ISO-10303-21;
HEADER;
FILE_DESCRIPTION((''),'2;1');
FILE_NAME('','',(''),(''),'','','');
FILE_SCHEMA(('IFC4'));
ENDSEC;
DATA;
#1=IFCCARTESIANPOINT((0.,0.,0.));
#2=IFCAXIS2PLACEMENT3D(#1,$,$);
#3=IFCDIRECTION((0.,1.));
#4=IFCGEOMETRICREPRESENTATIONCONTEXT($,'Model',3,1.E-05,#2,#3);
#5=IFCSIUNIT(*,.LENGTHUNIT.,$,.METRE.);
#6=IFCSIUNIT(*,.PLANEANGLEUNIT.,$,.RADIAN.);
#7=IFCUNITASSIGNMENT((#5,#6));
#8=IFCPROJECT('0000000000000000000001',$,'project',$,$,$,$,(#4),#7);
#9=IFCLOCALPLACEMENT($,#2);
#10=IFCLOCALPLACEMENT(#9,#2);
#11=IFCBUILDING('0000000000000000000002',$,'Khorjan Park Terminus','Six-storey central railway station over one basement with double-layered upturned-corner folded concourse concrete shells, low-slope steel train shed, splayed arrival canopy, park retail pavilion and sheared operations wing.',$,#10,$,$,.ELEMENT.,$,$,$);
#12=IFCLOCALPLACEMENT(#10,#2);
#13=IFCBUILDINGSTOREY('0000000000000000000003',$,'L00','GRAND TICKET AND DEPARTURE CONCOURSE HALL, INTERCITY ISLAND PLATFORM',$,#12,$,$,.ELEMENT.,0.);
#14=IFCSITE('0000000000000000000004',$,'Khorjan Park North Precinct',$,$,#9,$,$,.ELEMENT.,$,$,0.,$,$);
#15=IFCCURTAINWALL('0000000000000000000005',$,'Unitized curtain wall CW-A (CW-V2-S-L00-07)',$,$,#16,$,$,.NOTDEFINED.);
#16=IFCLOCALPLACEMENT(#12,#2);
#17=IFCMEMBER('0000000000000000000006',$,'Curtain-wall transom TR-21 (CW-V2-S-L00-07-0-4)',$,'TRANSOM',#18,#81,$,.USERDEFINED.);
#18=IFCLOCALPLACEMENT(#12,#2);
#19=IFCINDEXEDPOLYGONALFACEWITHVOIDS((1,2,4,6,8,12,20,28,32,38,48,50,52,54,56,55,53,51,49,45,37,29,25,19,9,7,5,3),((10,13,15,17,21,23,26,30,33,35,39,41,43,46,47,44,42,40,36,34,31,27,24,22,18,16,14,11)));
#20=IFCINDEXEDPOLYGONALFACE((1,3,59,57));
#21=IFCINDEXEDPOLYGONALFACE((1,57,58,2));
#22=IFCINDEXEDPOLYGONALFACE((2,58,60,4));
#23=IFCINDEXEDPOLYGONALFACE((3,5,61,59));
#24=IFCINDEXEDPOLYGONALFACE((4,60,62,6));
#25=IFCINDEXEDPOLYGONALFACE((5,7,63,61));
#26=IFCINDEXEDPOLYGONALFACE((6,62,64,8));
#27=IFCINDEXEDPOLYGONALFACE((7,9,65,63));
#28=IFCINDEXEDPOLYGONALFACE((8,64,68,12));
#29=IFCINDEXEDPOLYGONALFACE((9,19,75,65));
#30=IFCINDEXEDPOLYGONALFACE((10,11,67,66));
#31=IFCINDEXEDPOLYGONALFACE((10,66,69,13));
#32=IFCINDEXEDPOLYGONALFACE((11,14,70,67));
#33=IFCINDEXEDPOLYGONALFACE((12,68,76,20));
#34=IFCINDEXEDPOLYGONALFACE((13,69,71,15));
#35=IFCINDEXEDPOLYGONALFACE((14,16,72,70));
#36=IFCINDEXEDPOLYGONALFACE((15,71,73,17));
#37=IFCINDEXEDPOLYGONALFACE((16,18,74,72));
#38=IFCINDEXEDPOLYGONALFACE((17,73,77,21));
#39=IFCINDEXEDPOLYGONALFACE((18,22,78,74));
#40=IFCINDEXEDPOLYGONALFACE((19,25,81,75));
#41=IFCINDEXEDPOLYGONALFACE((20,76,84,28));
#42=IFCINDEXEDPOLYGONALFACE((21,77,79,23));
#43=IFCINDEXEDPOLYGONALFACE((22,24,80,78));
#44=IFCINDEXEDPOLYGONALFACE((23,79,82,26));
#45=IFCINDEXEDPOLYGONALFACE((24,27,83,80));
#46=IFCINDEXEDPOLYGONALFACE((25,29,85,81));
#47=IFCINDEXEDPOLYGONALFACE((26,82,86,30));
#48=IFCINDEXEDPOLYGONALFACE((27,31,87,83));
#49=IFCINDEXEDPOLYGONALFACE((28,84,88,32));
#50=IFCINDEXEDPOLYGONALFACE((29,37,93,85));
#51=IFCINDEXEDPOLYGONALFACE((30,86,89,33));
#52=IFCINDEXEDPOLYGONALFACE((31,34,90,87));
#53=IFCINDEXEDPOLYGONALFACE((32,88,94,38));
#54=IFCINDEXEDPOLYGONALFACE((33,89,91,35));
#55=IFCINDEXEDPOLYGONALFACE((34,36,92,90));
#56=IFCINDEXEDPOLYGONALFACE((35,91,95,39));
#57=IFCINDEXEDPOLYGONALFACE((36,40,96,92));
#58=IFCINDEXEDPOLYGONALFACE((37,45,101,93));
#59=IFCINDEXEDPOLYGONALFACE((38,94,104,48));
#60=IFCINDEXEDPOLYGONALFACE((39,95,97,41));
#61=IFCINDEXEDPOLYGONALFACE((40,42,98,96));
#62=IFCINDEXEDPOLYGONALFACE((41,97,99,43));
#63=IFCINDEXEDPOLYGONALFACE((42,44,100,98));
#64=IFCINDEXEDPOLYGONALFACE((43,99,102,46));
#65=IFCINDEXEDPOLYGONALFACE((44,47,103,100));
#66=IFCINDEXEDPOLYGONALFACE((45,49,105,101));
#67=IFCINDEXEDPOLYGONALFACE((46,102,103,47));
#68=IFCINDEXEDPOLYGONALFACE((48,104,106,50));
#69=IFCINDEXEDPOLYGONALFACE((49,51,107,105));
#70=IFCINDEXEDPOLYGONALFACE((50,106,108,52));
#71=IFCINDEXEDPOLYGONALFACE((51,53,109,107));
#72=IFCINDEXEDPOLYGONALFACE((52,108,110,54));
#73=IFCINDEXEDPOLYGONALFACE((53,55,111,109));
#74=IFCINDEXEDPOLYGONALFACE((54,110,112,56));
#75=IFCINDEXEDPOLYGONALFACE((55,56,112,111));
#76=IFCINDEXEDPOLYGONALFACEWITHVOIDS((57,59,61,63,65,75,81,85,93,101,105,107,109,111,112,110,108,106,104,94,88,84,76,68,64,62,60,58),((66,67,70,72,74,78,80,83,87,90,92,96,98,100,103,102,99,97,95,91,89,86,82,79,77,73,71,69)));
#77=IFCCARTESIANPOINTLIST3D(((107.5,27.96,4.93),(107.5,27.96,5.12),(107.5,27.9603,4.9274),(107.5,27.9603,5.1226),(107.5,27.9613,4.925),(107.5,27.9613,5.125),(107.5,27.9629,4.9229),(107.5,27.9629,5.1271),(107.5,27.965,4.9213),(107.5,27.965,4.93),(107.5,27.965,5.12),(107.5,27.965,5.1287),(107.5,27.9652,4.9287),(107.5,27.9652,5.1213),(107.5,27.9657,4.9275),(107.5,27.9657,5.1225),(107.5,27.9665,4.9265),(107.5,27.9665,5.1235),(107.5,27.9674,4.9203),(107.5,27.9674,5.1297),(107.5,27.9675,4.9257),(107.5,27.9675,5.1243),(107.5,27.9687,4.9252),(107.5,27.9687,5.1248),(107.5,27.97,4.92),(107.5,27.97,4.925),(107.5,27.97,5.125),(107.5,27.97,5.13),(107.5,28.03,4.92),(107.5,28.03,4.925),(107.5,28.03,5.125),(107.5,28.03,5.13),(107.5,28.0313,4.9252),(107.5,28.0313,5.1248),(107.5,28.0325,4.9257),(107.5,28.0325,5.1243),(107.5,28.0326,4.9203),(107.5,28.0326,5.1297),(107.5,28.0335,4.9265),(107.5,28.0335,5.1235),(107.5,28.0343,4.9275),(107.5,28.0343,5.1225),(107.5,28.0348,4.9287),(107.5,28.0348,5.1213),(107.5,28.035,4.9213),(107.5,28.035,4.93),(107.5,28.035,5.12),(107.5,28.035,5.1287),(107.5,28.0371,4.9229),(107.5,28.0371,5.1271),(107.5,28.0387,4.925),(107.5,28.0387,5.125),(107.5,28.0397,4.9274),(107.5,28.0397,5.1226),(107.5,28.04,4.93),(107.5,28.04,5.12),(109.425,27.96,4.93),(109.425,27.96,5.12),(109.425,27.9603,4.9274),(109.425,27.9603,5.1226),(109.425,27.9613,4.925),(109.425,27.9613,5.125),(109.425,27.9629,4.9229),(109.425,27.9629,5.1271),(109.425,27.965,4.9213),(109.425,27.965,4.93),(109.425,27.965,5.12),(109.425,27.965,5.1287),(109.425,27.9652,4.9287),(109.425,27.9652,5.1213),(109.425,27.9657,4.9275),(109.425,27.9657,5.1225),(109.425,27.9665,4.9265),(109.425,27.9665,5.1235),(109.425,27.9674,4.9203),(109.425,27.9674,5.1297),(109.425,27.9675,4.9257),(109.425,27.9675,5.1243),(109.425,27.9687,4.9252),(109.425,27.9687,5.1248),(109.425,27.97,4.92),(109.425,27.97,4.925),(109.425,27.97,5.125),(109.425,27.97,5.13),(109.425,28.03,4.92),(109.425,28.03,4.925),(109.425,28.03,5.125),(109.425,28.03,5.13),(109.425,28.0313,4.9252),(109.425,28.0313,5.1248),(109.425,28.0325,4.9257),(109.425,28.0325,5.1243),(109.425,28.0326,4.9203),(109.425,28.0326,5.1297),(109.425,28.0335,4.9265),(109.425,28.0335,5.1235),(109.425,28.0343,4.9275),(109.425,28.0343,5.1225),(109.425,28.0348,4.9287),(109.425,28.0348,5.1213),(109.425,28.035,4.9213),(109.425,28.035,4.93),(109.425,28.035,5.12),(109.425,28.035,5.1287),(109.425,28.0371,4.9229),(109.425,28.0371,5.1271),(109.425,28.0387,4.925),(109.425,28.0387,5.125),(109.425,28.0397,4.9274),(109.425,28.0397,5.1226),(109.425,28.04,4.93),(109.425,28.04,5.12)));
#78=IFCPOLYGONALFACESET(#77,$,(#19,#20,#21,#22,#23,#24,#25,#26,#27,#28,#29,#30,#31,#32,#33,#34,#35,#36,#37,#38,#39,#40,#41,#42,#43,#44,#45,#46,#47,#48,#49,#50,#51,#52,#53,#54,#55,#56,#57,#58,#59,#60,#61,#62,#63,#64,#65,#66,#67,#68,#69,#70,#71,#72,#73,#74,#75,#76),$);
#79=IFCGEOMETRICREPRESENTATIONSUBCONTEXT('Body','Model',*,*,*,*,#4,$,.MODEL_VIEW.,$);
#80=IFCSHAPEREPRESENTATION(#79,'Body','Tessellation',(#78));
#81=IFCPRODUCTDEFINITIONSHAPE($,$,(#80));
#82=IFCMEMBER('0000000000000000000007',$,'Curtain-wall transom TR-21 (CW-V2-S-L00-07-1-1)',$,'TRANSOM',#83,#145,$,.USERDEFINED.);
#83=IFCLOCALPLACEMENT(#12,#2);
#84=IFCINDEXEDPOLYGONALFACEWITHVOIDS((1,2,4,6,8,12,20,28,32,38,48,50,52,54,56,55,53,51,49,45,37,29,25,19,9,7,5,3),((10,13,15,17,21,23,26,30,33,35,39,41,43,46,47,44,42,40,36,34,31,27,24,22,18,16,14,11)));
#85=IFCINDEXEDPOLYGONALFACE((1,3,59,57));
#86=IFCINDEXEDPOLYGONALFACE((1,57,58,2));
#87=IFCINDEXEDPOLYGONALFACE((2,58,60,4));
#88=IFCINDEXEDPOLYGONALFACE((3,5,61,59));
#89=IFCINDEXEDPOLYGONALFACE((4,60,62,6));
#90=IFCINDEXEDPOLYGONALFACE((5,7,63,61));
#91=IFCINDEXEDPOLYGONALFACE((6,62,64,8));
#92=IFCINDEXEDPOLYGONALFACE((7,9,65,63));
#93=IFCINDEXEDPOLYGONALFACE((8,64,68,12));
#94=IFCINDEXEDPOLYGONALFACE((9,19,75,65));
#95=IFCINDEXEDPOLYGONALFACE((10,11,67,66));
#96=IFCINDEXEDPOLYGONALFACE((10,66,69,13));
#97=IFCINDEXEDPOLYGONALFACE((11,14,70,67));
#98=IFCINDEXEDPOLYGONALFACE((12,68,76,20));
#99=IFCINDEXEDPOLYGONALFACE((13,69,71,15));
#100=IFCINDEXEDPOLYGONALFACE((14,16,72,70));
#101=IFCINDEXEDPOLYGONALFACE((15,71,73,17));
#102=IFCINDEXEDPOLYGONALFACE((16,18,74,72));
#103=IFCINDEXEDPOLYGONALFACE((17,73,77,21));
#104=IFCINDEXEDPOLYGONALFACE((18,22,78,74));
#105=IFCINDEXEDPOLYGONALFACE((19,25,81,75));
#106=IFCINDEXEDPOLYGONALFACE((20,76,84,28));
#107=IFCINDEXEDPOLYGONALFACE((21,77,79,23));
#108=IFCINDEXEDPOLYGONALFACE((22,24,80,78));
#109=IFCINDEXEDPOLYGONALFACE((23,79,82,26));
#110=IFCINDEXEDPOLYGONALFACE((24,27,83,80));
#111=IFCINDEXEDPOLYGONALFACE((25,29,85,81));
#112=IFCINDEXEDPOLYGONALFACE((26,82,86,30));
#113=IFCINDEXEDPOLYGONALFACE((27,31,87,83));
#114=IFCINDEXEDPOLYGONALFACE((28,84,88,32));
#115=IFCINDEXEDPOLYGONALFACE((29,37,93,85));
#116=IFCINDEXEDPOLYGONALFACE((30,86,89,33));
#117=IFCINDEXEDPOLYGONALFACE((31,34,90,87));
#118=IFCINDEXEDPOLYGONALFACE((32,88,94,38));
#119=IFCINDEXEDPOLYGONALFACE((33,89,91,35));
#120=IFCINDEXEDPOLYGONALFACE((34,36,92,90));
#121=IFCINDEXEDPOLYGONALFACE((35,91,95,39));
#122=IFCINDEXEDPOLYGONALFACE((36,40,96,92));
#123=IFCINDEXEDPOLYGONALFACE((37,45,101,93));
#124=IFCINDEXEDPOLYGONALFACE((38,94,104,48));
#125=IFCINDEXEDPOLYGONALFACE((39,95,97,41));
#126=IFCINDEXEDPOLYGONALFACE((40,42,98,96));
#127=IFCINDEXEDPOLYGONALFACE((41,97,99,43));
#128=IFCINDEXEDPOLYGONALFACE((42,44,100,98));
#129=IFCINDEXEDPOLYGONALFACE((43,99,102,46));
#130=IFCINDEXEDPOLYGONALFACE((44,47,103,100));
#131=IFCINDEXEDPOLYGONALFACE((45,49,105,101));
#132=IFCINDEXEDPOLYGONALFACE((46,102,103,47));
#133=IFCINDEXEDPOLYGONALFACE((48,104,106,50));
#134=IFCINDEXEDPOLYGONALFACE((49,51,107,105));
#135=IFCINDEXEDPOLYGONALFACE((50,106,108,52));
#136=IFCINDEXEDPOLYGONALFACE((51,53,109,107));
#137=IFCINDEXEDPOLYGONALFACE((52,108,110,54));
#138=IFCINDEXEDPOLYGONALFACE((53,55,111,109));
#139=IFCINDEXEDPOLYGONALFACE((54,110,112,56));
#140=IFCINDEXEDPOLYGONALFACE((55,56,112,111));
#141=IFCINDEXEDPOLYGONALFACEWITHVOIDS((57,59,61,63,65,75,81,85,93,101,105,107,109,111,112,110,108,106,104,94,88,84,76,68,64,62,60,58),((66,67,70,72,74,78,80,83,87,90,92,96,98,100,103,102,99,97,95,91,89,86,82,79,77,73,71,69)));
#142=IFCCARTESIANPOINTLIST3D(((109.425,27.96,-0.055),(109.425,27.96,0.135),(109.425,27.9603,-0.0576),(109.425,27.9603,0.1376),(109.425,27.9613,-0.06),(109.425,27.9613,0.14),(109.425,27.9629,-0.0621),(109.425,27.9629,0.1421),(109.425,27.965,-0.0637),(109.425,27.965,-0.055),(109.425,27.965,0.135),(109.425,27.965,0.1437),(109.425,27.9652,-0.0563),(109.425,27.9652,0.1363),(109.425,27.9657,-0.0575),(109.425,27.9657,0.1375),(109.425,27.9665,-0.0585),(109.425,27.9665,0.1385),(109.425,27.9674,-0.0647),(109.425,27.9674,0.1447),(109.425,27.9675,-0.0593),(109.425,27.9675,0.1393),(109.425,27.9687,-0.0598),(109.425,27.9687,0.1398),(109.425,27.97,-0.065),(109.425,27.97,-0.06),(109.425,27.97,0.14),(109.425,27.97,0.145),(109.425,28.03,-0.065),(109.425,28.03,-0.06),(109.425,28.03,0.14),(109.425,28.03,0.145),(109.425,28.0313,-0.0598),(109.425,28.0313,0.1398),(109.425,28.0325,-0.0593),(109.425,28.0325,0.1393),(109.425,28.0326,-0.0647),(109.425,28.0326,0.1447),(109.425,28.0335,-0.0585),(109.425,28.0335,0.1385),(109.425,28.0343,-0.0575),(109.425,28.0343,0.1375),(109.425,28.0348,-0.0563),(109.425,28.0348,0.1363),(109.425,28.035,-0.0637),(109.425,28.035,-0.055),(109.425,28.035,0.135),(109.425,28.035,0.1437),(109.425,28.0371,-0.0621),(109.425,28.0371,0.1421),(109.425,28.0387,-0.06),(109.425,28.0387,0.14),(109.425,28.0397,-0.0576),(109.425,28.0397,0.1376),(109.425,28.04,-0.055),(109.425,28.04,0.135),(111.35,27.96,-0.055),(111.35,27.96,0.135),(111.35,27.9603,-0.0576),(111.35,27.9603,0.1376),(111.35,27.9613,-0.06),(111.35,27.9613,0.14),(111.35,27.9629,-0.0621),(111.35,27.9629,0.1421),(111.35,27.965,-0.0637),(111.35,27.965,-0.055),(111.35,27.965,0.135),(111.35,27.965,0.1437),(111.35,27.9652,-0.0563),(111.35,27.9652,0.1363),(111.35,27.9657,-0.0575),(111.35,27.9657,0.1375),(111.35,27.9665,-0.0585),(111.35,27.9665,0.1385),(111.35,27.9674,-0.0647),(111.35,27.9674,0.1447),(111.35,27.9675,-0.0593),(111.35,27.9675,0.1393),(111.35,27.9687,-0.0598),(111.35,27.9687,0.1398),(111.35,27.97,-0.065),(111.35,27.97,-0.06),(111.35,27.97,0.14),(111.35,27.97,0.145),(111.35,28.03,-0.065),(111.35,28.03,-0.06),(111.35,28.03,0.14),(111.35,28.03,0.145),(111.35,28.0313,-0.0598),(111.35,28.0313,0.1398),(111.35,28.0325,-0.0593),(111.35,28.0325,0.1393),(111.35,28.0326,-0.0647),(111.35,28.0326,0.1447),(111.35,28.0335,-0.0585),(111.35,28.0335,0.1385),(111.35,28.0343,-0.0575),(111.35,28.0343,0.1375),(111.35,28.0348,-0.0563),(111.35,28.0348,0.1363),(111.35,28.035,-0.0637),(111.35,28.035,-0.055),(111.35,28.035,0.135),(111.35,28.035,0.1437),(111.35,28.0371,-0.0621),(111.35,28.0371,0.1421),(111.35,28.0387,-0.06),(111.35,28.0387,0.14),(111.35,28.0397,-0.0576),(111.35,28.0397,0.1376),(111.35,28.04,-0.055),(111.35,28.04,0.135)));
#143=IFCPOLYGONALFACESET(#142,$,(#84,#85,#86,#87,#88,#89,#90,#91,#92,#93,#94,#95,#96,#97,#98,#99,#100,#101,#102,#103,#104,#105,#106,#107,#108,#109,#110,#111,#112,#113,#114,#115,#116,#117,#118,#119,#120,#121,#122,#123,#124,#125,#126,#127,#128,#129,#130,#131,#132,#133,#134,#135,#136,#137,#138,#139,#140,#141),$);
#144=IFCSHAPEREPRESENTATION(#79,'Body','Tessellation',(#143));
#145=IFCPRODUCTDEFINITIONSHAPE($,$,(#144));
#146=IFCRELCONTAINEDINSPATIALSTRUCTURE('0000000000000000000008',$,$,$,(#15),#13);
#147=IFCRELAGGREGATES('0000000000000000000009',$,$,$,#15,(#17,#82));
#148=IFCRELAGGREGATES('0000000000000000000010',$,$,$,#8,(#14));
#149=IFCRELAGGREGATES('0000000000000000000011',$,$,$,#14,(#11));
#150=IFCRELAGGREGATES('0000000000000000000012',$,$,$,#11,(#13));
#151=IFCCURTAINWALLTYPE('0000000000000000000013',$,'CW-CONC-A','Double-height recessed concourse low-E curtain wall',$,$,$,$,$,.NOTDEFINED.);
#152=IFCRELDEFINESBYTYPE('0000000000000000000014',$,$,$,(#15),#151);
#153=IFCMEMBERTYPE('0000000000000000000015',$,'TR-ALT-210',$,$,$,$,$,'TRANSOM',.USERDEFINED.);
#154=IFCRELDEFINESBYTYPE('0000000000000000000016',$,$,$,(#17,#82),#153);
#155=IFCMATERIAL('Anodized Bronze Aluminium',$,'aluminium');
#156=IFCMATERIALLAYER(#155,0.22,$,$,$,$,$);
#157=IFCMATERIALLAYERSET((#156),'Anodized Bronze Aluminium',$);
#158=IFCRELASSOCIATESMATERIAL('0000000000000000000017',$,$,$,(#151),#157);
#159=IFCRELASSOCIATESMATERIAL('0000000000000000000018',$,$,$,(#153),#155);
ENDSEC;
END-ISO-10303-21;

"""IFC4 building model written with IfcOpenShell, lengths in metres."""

from ifc_helpers import new_model, si_unit, direction, frame, origin, origin_2d, place, context, subcontext, project, spatial, hollow_rectangle, extrude, material, layer, layer_set, material_profile, profile_set, type_object, element, aggregate, save


model = new_model("IFC4")

# Units and contexts
model_context = context("Model", 3, precision=1e-05, world=origin(), true_north=direction((0.0, 1.0)))
body_context = subcontext(model_context, "Body", "Model", "MODEL_VIEW")
ifc_project = project(units=[si_unit("LENGTHUNIT", "METRE"), si_unit("PLANEANGLEUNIT", "RADIAN")], contexts=[model_context])

# Site, building, storey
site_placement = place(None, origin())
site = spatial("IfcSite", under=ifc_project, at=site_placement, Name="Khorjan Park North Precinct", CompositionType="ELEMENT", RefElevation=0.0)
building_placement = place(site_placement, origin())
building = spatial("IfcBuilding", under=site, at=building_placement, Name="Khorjan Park Terminus", Description="Six-storey central railway station over one basement with double-layered upturned-corner folded concourse concrete shells, low-slope steel train shed, splayed arrival canopy, park retail pavilion and sheared operations wing.", CompositionType="ELEMENT")
storey_placement = place(building_placement, origin())
storey = spatial("IfcBuildingStorey", under=building, at=storey_placement, Name="L00", Description="GRAND TICKET AND DEPARTURE CONCOURSE HALL, INTERCITY ISLAND PLATFORM", CompositionType="ELEMENT", Elevation=0.0)

# Curtain wall, members
ifc_material_1 = material(Name="Anodized Bronze Aluminium", Category="aluminium")
ifc_layer_1 = layer(ifc_material_1, 0.22)
ifc_layer_set_1 = layer_set([ifc_layer_1], Name="Anodized Bronze Aluminium")
curtain_wall_type = type_object("IfcCurtainWallType", Name="CW-CONC-A", Description="Double-height recessed concourse low-E curtain wall", PredefinedType="NOTDEFINED", material=ifc_layer_set_1)
curtain_wall_placement = place(storey_placement, origin())
curtain_wall = element("IfcCurtainWall", 1, at=curtain_wall_placement, inside=storey, type_object=curtain_wall_type, Name="Unitized curtain wall CW-A (CW-V2-S-L00-07)", PredefinedType="NOTDEFINED")
ifc_material_profile_1 = material_profile(ifc_material_1, hollow_rectangle(XDim=0.08, YDim=0.21, WallThickness=0.005, InnerFilletRadius=0.005, OuterFilletRadius=0.01, at=origin_2d()), Name="ALT 80x210x5")
ifc_profile_set_1 = profile_set([ifc_material_profile_1], Name="Anodized Bronze Aluminium")
member_type_1 = type_object("IfcMemberType", Name="TR-ALT-210", ElementType="TRANSOM", PredefinedType="USERDEFINED", material=ifc_profile_set_1)
member_1_placement = place(storey_placement, frame((107.5, 28.0, 5.025), z_axis=(1.0, 0.0, 0.0), x_axis=(0.0, 1.0, 0.0)))
member_1 = element("IfcMember", 2, at=member_1_placement, type_object=member_type_1, Name="Curtain-wall transom TR-21 (CW-V2-S-L00-07-0-4)", ObjectType="TRANSOM", PredefinedType="USERDEFINED", context=body_context, shape_type="SweptSolid", body=[
    extrude(hollow_rectangle(XDim=0.08, YDim=0.21, WallThickness=0.005, InnerFilletRadius=0.005, OuterFilletRadius=0.01, at=origin_2d()), origin(), (0.0, 0.0, 1.0), 1.925),
])
member_2_placement = place(storey_placement, frame((109.425, 28.0, 0.04), z_axis=(1.0, 0.0, 0.0), x_axis=(0.0, 1.0, 0.0)))
member_2 = element("IfcMember", 3, at=member_2_placement, type_object=member_type_1, Name="Curtain-wall transom TR-21 (CW-V2-S-L00-07-1-1)", ObjectType="TRANSOM", PredefinedType="USERDEFINED", context=body_context, shape_type="SweptSolid", body=[
    extrude(hollow_rectangle(XDim=0.08, YDim=0.21, WallThickness=0.005, InnerFilletRadius=0.005, OuterFilletRadius=0.01, at=origin_2d()), origin(), (0.0, 0.0, 1.0), 1.925),
])
aggregate(curtain_wall, [member_1, member_2])

save(model, "model.ifc")
